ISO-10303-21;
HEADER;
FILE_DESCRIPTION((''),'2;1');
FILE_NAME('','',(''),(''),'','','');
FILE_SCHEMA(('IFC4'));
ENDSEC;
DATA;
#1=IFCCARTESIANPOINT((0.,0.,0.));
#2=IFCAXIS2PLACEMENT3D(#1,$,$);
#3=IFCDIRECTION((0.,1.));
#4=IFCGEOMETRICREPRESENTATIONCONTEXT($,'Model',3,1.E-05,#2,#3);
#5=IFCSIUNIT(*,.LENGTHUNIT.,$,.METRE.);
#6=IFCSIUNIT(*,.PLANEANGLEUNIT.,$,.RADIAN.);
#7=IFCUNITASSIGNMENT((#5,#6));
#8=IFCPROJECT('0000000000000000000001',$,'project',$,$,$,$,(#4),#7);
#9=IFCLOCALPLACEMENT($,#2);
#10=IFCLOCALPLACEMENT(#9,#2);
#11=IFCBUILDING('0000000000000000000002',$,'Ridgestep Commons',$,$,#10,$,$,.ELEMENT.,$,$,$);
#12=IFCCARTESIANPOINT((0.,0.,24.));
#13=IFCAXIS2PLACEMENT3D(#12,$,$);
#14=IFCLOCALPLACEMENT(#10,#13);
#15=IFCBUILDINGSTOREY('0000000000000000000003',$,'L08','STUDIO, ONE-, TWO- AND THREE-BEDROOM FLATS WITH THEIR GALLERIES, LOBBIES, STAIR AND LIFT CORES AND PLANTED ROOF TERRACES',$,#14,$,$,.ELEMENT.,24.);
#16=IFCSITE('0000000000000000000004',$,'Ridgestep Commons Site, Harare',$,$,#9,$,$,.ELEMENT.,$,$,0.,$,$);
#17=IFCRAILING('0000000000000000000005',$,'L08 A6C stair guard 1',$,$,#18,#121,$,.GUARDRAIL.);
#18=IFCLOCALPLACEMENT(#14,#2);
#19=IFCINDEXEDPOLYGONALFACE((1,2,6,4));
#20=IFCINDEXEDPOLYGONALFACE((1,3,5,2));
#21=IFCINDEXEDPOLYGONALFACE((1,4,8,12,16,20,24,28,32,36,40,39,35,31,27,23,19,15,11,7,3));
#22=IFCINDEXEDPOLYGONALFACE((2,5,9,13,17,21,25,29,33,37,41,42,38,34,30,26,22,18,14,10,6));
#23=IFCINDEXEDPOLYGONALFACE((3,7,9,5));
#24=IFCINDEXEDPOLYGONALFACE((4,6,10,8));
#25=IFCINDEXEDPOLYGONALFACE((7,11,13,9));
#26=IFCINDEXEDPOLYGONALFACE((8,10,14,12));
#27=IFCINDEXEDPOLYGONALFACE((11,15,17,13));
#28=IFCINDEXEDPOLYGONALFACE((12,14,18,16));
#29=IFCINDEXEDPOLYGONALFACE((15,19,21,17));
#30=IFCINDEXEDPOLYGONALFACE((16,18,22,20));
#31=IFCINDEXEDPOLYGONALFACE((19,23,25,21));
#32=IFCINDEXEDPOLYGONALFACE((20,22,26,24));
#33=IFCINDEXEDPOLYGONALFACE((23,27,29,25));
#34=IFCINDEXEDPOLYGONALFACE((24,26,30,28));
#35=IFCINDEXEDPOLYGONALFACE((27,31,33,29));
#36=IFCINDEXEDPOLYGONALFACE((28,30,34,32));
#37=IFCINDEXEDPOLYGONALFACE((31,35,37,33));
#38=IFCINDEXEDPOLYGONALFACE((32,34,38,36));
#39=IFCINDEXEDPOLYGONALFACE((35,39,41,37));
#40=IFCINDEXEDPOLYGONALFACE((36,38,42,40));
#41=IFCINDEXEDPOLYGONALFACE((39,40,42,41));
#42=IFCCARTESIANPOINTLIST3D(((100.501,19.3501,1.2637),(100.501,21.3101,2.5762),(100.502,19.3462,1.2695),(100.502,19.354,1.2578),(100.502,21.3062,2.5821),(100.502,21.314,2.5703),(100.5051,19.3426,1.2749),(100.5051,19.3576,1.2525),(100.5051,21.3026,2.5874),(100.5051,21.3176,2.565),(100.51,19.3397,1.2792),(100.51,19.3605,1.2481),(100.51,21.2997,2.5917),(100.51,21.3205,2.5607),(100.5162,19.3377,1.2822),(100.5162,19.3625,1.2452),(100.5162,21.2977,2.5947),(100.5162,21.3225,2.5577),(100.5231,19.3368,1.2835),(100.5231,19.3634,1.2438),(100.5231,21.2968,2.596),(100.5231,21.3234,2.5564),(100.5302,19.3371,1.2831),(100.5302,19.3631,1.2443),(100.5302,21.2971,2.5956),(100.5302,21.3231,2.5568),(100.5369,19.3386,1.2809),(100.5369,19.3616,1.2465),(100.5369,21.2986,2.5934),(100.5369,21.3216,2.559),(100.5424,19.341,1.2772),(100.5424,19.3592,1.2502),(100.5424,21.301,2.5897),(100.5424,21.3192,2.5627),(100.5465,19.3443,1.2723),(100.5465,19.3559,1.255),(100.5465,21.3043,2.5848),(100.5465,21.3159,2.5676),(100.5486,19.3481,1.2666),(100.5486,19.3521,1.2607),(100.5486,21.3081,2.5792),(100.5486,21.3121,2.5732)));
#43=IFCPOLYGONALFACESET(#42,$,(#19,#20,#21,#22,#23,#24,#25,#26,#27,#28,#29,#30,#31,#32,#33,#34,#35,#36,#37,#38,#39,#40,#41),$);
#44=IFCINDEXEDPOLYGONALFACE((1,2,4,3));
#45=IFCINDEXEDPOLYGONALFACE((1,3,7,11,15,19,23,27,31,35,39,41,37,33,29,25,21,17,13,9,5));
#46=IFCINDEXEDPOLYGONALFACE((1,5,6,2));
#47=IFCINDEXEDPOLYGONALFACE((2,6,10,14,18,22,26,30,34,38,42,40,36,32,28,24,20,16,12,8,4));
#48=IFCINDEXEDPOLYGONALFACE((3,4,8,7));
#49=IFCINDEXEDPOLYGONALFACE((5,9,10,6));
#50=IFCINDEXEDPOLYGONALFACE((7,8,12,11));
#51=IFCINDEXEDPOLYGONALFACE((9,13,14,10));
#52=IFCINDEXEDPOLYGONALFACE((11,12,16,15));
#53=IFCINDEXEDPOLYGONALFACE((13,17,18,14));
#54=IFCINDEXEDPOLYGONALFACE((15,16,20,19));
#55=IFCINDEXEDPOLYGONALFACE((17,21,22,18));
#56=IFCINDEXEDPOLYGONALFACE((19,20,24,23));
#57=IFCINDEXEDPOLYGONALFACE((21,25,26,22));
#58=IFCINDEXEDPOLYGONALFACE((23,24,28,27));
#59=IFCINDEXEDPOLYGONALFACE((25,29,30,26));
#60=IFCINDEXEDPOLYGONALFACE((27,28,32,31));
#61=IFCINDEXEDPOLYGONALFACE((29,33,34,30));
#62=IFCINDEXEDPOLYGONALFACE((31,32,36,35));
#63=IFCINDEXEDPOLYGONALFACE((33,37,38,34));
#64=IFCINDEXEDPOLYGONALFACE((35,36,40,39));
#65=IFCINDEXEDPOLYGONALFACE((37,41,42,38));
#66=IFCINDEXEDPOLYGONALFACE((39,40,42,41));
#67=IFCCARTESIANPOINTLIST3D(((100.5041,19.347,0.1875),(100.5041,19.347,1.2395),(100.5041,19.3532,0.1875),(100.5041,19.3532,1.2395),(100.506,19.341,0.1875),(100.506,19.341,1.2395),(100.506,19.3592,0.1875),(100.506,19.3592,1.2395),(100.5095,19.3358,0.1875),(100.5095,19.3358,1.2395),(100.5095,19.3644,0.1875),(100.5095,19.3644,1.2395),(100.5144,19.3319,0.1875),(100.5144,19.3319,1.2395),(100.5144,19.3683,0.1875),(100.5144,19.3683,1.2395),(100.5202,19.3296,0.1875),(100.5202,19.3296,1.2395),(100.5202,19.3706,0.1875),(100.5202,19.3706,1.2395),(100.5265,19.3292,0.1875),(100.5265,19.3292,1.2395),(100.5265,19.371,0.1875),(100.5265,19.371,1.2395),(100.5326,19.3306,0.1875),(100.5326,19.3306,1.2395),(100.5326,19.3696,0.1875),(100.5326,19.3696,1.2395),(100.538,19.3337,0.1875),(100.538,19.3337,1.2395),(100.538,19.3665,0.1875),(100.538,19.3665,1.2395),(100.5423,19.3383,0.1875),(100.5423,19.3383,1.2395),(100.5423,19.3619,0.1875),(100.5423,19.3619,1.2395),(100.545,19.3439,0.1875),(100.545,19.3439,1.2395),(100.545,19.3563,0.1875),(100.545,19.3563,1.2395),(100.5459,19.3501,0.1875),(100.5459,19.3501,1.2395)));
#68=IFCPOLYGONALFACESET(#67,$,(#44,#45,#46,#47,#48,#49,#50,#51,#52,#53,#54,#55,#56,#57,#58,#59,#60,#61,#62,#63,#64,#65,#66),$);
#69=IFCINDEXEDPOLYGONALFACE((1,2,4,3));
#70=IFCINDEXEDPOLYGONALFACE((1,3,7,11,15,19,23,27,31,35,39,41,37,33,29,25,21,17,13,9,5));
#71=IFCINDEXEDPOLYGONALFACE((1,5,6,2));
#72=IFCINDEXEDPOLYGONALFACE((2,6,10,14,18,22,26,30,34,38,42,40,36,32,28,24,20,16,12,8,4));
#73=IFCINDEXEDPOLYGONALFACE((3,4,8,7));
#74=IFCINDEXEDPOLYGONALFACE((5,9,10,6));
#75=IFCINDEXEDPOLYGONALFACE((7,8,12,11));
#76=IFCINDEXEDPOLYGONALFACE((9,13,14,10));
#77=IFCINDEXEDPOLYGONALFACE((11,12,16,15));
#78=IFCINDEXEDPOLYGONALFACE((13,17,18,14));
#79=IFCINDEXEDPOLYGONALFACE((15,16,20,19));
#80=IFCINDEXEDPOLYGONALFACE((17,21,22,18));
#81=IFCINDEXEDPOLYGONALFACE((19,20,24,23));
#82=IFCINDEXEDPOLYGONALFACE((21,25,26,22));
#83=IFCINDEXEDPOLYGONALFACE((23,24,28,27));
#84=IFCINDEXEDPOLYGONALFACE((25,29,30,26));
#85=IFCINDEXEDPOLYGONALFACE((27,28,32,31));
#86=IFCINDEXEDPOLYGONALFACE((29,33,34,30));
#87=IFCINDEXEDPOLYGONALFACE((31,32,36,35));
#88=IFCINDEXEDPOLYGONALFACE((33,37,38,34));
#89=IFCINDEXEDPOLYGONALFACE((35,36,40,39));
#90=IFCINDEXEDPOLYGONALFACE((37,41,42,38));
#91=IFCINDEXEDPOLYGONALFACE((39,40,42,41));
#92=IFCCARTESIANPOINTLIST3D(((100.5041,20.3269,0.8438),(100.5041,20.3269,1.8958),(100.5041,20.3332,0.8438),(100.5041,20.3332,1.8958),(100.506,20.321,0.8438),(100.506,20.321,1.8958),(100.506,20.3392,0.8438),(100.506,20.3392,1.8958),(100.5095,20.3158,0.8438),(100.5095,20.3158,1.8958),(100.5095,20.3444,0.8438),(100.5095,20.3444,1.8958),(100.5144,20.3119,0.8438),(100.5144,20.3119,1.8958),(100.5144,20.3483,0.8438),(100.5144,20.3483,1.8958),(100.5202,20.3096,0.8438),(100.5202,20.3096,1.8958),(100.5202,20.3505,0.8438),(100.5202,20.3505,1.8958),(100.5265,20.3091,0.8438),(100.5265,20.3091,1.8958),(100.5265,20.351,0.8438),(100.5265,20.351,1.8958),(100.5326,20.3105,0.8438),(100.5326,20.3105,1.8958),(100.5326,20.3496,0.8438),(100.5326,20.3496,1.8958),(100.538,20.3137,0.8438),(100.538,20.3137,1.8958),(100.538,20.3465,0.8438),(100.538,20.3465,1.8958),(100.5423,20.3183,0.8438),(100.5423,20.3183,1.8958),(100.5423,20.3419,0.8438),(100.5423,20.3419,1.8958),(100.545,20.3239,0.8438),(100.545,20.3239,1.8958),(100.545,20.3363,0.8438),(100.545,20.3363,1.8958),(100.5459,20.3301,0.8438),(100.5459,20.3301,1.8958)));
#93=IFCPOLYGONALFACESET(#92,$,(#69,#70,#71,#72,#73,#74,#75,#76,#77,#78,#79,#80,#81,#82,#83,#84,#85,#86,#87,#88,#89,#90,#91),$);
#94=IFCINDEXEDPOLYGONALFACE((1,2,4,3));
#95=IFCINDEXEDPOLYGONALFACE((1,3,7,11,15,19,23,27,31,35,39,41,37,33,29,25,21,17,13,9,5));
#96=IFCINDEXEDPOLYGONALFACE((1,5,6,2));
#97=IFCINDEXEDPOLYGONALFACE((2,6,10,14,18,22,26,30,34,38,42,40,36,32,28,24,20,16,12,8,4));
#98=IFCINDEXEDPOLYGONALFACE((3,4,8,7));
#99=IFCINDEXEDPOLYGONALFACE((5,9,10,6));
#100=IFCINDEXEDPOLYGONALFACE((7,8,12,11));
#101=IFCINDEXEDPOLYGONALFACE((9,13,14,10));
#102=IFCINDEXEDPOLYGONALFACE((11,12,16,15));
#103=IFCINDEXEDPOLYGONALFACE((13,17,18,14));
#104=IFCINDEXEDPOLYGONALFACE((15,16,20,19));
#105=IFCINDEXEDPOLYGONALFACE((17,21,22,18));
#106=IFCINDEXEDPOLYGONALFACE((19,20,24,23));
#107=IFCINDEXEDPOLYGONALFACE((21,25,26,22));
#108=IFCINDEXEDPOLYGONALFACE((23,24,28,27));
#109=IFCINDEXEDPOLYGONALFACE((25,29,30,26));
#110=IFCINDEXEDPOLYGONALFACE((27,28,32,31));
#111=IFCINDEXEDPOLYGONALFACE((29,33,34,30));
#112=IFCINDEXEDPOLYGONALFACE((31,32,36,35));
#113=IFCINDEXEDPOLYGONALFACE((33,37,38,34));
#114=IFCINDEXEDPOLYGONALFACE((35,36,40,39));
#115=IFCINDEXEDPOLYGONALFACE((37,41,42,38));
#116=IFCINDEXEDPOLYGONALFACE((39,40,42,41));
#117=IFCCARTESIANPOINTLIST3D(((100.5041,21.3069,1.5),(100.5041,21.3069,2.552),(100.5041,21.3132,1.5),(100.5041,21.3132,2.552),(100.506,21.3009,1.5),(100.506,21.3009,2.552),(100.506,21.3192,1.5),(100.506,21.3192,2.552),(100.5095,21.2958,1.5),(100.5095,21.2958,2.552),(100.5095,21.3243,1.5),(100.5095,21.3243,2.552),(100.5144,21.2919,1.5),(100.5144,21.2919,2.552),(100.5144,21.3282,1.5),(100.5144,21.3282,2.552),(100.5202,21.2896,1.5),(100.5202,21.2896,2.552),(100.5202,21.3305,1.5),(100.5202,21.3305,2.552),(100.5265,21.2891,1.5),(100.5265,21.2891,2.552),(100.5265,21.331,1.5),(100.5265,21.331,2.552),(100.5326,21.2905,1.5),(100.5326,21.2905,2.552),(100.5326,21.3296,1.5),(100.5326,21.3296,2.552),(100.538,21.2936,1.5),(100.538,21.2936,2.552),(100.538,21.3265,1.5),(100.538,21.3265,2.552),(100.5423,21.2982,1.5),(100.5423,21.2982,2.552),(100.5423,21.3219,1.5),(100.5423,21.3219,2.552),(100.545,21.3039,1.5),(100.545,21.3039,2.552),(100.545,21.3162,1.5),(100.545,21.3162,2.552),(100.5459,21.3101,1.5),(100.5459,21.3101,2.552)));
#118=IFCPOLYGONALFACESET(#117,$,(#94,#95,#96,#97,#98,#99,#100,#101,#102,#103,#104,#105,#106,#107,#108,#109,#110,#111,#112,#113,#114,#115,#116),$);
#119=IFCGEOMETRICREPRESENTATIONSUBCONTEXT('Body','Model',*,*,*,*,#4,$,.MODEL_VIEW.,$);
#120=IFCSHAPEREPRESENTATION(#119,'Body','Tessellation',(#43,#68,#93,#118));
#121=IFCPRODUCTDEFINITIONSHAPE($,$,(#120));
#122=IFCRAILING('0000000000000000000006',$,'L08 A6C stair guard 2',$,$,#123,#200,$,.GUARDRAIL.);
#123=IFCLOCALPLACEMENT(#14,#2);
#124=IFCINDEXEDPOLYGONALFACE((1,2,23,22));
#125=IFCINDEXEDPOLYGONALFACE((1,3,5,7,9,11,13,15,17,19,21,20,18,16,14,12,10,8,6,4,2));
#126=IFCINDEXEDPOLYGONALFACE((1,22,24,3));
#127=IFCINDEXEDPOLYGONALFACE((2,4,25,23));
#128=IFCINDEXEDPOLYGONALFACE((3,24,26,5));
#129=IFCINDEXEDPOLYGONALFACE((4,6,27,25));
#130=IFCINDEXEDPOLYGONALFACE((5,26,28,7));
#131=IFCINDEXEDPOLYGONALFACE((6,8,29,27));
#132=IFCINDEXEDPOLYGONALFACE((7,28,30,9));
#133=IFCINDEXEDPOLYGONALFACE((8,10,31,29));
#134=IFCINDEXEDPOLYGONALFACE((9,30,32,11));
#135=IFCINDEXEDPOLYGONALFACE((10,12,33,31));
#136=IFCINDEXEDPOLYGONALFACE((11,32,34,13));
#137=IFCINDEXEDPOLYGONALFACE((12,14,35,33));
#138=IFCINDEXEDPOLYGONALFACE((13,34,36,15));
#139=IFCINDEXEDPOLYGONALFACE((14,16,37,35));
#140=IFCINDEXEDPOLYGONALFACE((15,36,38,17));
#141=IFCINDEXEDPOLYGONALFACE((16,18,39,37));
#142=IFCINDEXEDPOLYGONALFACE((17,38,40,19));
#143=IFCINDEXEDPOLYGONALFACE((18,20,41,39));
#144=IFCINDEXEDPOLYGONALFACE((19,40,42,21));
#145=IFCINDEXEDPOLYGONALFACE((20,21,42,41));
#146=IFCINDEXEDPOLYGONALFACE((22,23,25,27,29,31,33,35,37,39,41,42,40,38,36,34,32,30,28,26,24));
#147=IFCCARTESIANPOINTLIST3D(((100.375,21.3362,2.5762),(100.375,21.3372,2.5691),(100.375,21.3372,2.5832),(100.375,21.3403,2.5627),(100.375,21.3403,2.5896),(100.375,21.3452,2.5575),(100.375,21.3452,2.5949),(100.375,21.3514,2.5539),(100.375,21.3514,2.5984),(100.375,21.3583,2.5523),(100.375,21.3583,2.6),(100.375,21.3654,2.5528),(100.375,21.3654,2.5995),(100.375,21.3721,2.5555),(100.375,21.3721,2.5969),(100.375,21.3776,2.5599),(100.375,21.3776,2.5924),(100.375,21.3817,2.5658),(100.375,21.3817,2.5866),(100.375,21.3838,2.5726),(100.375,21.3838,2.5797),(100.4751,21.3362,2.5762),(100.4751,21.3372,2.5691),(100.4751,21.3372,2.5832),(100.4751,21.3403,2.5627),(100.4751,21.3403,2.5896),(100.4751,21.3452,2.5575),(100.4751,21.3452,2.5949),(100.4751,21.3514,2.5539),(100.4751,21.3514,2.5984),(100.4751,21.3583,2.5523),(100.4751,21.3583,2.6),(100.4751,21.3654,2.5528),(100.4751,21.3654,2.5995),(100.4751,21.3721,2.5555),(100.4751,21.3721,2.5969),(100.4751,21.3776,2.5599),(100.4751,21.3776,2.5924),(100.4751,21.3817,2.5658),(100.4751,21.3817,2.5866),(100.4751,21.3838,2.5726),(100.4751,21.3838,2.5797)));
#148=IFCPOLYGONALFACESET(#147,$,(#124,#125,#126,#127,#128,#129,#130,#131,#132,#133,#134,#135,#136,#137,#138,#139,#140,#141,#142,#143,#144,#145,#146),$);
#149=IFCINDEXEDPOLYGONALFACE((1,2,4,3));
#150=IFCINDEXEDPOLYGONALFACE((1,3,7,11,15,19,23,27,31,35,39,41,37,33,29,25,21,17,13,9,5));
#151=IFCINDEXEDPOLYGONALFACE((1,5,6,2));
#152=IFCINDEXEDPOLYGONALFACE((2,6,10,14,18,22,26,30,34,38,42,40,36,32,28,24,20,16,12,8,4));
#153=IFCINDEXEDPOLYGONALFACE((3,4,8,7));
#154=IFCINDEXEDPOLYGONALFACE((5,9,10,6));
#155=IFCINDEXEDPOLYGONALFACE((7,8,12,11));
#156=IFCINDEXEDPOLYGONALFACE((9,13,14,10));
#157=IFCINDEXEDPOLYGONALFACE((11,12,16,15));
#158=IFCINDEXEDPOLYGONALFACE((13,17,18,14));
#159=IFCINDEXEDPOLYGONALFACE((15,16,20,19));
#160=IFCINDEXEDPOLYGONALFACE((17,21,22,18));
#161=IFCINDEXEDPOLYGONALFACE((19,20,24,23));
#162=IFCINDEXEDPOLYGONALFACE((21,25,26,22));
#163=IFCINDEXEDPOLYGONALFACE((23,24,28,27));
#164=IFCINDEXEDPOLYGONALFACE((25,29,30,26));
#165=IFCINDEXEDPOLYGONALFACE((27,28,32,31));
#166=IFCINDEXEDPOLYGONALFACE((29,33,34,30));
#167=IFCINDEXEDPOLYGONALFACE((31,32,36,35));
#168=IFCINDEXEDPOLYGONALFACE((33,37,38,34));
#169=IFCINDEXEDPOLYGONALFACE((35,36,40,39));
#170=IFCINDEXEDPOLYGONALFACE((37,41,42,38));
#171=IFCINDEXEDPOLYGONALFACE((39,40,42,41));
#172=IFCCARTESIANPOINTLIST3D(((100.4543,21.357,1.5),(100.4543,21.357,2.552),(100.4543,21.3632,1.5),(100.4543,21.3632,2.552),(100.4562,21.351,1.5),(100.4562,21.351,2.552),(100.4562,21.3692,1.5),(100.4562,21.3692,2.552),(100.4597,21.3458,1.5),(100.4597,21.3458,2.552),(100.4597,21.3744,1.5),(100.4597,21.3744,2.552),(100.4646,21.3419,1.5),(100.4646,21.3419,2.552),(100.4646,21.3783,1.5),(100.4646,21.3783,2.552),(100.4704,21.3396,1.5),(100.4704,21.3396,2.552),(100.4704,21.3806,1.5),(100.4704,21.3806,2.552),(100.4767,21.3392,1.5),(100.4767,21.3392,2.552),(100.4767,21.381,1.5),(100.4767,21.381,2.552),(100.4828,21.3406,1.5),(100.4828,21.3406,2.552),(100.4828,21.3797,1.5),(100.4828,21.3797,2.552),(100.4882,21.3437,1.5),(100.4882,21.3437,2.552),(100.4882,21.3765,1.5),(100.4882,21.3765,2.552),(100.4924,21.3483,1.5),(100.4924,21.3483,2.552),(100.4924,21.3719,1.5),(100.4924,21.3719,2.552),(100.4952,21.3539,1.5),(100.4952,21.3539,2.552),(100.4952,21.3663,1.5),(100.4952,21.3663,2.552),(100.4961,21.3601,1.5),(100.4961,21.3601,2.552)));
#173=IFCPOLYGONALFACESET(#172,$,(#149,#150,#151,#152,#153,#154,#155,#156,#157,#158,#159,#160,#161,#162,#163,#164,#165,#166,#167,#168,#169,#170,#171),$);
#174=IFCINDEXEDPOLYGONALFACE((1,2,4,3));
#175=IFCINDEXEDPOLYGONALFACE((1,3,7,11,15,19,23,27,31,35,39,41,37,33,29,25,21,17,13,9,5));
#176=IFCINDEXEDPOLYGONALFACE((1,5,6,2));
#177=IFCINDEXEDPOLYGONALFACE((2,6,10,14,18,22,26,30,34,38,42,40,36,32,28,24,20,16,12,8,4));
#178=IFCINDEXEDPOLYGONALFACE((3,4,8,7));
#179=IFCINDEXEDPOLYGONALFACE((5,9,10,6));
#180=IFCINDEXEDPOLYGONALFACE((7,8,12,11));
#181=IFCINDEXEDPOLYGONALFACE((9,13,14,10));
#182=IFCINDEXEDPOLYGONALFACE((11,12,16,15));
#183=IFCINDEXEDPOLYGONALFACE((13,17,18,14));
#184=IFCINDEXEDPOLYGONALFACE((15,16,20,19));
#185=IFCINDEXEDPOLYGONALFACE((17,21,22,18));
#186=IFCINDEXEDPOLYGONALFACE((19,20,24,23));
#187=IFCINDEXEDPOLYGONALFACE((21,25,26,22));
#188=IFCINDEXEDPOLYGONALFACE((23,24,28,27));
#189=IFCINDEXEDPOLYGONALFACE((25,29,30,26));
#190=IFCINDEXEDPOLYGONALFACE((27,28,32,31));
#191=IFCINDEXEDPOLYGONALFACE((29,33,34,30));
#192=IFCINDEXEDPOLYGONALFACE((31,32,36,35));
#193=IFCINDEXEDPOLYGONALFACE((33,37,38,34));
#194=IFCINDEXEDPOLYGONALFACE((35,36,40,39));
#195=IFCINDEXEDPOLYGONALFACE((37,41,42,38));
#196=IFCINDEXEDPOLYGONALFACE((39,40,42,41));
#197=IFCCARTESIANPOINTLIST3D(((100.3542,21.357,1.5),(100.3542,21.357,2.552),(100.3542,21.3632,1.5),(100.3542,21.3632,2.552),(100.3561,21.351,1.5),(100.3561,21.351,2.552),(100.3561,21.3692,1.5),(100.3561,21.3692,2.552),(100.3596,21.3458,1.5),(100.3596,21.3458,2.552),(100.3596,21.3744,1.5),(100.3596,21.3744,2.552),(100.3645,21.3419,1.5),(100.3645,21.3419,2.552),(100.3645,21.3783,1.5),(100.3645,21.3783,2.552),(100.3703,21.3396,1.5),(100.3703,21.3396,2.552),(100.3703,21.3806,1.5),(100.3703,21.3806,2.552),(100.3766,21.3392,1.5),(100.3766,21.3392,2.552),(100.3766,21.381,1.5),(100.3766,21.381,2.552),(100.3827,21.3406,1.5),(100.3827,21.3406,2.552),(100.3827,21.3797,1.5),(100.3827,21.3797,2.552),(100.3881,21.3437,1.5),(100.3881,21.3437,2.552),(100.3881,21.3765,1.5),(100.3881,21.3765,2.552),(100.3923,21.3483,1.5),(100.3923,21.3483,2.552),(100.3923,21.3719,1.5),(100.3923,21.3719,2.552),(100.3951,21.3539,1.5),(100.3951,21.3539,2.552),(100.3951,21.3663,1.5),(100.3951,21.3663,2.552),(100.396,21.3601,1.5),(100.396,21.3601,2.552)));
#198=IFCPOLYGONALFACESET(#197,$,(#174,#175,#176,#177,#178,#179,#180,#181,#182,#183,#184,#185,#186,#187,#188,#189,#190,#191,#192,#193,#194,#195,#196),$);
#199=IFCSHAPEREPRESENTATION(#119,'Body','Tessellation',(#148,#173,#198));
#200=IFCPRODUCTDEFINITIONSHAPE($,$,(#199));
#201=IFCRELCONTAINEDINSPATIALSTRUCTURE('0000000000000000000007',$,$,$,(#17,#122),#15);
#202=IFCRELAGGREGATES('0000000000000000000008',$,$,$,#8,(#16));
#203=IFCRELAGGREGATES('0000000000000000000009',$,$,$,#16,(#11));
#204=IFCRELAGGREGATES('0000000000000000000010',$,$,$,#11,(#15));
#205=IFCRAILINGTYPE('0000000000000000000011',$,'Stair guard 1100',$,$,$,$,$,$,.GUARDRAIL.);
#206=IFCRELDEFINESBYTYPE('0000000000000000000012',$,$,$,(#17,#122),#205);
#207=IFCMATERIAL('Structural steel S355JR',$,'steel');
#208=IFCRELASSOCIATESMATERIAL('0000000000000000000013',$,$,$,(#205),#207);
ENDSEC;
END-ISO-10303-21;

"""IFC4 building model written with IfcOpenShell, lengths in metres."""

from ifc_helpers import new_model, si_unit, direction, frame, origin, origin_2d, place, context, subcontext, project, spatial, circle, extrude, material, type_object, element, save


model = new_model("IFC4")

# Units and contexts
model_context = context("Model", 3, precision=1e-05, world=origin(), true_north=direction((0.0, 1.0)))
body_context = subcontext(model_context, "Body", "Model", "MODEL_VIEW")
ifc_project = project(units=[si_unit("LENGTHUNIT", "METRE"), si_unit("PLANEANGLEUNIT", "RADIAN")], contexts=[model_context])

# Site, building, storey
site_placement = place(None, origin())
site = spatial("IfcSite", under=ifc_project, at=site_placement, Name="Ridgestep Commons Site, Harare", CompositionType="ELEMENT", RefElevation=0.0)
building_placement = place(site_placement, origin())
building = spatial("IfcBuilding", under=site, at=building_placement, Name="Ridgestep Commons", CompositionType="ELEMENT")
storey_placement = place(building_placement, frame((0.0, 0.0, 24.0)))
storey = spatial("IfcBuildingStorey", under=building, at=storey_placement, Name="L08", Description="STUDIO, ONE-, TWO- AND THREE-BEDROOM FLATS WITH THEIR GALLERIES, LOBBIES, STAIR AND LIFT CORES AND PLANTED ROOF TERRACES", CompositionType="ELEMENT", Elevation=24.0)

# Railings
ifc_material_1 = material(Name="Structural steel S355JR", Category="steel")
railing_type_1 = type_object("IfcRailingType", Name="Stair guard 1100", PredefinedType="GUARDRAIL", material=ifc_material_1)
railing_1_placement = place(storey_placement, frame((100.5249, 19.3501, 0.1875)))
element("IfcRailing", 1, at=railing_1_placement, inside=storey, type_object=railing_type_1, Name="L08 A6C stair guard 1", PredefinedType="GUARDRAIL", context=body_context, shape_type="SweptSolid", body=[
    extrude(circle(Radius=0.0239, at=origin_2d()), frame((0.0, 0.0, 1.0762), z_axis=(0.0, 0.830902, 0.556419), x_axis=(-1.0, 0.0, 0.0)), (0.0, 0.0, 1.0), 2.3589),
    extrude(circle(Radius=0.021, at=origin_2d()), origin(), (0.0, 0.0, 1.0), 1.052),
    extrude(circle(Radius=0.021, at=origin_2d()), frame((0.0, 0.98, 0.6562)), (0.0, 0.0, 1.0), 1.052),
    extrude(circle(Radius=0.021, at=origin_2d()), frame((0.0, 1.96, 1.3125)), (0.0, 0.0, 1.0), 1.052),
])
railing_2_placement = place(storey_placement, frame((100.4751, 21.3601, 1.5)))
element("IfcRailing", 2, at=railing_2_placement, inside=storey, type_object=railing_type_1, Name="L08 A6C stair guard 2", PredefinedType="GUARDRAIL", context=body_context, shape_type="SweptSolid", body=[
    extrude(circle(Radius=0.0239, at=origin_2d()), frame((0.0, 0.0, 1.0762), z_axis=(-1.0, 0.0, 0.0), x_axis=(0.0, -1.0, 0.0)), (0.0, 0.0, 1.0), 0.1001),
    extrude(circle(Radius=0.021, at=origin_2d()), origin(), (0.0, 0.0, 1.0), 1.052),
    extrude(circle(Radius=0.021, at=origin_2d()), frame((-0.1001, 0.0, 0.0)), (0.0, 0.0, 1.0), 1.052),
])

save(model, "model.ifc")
